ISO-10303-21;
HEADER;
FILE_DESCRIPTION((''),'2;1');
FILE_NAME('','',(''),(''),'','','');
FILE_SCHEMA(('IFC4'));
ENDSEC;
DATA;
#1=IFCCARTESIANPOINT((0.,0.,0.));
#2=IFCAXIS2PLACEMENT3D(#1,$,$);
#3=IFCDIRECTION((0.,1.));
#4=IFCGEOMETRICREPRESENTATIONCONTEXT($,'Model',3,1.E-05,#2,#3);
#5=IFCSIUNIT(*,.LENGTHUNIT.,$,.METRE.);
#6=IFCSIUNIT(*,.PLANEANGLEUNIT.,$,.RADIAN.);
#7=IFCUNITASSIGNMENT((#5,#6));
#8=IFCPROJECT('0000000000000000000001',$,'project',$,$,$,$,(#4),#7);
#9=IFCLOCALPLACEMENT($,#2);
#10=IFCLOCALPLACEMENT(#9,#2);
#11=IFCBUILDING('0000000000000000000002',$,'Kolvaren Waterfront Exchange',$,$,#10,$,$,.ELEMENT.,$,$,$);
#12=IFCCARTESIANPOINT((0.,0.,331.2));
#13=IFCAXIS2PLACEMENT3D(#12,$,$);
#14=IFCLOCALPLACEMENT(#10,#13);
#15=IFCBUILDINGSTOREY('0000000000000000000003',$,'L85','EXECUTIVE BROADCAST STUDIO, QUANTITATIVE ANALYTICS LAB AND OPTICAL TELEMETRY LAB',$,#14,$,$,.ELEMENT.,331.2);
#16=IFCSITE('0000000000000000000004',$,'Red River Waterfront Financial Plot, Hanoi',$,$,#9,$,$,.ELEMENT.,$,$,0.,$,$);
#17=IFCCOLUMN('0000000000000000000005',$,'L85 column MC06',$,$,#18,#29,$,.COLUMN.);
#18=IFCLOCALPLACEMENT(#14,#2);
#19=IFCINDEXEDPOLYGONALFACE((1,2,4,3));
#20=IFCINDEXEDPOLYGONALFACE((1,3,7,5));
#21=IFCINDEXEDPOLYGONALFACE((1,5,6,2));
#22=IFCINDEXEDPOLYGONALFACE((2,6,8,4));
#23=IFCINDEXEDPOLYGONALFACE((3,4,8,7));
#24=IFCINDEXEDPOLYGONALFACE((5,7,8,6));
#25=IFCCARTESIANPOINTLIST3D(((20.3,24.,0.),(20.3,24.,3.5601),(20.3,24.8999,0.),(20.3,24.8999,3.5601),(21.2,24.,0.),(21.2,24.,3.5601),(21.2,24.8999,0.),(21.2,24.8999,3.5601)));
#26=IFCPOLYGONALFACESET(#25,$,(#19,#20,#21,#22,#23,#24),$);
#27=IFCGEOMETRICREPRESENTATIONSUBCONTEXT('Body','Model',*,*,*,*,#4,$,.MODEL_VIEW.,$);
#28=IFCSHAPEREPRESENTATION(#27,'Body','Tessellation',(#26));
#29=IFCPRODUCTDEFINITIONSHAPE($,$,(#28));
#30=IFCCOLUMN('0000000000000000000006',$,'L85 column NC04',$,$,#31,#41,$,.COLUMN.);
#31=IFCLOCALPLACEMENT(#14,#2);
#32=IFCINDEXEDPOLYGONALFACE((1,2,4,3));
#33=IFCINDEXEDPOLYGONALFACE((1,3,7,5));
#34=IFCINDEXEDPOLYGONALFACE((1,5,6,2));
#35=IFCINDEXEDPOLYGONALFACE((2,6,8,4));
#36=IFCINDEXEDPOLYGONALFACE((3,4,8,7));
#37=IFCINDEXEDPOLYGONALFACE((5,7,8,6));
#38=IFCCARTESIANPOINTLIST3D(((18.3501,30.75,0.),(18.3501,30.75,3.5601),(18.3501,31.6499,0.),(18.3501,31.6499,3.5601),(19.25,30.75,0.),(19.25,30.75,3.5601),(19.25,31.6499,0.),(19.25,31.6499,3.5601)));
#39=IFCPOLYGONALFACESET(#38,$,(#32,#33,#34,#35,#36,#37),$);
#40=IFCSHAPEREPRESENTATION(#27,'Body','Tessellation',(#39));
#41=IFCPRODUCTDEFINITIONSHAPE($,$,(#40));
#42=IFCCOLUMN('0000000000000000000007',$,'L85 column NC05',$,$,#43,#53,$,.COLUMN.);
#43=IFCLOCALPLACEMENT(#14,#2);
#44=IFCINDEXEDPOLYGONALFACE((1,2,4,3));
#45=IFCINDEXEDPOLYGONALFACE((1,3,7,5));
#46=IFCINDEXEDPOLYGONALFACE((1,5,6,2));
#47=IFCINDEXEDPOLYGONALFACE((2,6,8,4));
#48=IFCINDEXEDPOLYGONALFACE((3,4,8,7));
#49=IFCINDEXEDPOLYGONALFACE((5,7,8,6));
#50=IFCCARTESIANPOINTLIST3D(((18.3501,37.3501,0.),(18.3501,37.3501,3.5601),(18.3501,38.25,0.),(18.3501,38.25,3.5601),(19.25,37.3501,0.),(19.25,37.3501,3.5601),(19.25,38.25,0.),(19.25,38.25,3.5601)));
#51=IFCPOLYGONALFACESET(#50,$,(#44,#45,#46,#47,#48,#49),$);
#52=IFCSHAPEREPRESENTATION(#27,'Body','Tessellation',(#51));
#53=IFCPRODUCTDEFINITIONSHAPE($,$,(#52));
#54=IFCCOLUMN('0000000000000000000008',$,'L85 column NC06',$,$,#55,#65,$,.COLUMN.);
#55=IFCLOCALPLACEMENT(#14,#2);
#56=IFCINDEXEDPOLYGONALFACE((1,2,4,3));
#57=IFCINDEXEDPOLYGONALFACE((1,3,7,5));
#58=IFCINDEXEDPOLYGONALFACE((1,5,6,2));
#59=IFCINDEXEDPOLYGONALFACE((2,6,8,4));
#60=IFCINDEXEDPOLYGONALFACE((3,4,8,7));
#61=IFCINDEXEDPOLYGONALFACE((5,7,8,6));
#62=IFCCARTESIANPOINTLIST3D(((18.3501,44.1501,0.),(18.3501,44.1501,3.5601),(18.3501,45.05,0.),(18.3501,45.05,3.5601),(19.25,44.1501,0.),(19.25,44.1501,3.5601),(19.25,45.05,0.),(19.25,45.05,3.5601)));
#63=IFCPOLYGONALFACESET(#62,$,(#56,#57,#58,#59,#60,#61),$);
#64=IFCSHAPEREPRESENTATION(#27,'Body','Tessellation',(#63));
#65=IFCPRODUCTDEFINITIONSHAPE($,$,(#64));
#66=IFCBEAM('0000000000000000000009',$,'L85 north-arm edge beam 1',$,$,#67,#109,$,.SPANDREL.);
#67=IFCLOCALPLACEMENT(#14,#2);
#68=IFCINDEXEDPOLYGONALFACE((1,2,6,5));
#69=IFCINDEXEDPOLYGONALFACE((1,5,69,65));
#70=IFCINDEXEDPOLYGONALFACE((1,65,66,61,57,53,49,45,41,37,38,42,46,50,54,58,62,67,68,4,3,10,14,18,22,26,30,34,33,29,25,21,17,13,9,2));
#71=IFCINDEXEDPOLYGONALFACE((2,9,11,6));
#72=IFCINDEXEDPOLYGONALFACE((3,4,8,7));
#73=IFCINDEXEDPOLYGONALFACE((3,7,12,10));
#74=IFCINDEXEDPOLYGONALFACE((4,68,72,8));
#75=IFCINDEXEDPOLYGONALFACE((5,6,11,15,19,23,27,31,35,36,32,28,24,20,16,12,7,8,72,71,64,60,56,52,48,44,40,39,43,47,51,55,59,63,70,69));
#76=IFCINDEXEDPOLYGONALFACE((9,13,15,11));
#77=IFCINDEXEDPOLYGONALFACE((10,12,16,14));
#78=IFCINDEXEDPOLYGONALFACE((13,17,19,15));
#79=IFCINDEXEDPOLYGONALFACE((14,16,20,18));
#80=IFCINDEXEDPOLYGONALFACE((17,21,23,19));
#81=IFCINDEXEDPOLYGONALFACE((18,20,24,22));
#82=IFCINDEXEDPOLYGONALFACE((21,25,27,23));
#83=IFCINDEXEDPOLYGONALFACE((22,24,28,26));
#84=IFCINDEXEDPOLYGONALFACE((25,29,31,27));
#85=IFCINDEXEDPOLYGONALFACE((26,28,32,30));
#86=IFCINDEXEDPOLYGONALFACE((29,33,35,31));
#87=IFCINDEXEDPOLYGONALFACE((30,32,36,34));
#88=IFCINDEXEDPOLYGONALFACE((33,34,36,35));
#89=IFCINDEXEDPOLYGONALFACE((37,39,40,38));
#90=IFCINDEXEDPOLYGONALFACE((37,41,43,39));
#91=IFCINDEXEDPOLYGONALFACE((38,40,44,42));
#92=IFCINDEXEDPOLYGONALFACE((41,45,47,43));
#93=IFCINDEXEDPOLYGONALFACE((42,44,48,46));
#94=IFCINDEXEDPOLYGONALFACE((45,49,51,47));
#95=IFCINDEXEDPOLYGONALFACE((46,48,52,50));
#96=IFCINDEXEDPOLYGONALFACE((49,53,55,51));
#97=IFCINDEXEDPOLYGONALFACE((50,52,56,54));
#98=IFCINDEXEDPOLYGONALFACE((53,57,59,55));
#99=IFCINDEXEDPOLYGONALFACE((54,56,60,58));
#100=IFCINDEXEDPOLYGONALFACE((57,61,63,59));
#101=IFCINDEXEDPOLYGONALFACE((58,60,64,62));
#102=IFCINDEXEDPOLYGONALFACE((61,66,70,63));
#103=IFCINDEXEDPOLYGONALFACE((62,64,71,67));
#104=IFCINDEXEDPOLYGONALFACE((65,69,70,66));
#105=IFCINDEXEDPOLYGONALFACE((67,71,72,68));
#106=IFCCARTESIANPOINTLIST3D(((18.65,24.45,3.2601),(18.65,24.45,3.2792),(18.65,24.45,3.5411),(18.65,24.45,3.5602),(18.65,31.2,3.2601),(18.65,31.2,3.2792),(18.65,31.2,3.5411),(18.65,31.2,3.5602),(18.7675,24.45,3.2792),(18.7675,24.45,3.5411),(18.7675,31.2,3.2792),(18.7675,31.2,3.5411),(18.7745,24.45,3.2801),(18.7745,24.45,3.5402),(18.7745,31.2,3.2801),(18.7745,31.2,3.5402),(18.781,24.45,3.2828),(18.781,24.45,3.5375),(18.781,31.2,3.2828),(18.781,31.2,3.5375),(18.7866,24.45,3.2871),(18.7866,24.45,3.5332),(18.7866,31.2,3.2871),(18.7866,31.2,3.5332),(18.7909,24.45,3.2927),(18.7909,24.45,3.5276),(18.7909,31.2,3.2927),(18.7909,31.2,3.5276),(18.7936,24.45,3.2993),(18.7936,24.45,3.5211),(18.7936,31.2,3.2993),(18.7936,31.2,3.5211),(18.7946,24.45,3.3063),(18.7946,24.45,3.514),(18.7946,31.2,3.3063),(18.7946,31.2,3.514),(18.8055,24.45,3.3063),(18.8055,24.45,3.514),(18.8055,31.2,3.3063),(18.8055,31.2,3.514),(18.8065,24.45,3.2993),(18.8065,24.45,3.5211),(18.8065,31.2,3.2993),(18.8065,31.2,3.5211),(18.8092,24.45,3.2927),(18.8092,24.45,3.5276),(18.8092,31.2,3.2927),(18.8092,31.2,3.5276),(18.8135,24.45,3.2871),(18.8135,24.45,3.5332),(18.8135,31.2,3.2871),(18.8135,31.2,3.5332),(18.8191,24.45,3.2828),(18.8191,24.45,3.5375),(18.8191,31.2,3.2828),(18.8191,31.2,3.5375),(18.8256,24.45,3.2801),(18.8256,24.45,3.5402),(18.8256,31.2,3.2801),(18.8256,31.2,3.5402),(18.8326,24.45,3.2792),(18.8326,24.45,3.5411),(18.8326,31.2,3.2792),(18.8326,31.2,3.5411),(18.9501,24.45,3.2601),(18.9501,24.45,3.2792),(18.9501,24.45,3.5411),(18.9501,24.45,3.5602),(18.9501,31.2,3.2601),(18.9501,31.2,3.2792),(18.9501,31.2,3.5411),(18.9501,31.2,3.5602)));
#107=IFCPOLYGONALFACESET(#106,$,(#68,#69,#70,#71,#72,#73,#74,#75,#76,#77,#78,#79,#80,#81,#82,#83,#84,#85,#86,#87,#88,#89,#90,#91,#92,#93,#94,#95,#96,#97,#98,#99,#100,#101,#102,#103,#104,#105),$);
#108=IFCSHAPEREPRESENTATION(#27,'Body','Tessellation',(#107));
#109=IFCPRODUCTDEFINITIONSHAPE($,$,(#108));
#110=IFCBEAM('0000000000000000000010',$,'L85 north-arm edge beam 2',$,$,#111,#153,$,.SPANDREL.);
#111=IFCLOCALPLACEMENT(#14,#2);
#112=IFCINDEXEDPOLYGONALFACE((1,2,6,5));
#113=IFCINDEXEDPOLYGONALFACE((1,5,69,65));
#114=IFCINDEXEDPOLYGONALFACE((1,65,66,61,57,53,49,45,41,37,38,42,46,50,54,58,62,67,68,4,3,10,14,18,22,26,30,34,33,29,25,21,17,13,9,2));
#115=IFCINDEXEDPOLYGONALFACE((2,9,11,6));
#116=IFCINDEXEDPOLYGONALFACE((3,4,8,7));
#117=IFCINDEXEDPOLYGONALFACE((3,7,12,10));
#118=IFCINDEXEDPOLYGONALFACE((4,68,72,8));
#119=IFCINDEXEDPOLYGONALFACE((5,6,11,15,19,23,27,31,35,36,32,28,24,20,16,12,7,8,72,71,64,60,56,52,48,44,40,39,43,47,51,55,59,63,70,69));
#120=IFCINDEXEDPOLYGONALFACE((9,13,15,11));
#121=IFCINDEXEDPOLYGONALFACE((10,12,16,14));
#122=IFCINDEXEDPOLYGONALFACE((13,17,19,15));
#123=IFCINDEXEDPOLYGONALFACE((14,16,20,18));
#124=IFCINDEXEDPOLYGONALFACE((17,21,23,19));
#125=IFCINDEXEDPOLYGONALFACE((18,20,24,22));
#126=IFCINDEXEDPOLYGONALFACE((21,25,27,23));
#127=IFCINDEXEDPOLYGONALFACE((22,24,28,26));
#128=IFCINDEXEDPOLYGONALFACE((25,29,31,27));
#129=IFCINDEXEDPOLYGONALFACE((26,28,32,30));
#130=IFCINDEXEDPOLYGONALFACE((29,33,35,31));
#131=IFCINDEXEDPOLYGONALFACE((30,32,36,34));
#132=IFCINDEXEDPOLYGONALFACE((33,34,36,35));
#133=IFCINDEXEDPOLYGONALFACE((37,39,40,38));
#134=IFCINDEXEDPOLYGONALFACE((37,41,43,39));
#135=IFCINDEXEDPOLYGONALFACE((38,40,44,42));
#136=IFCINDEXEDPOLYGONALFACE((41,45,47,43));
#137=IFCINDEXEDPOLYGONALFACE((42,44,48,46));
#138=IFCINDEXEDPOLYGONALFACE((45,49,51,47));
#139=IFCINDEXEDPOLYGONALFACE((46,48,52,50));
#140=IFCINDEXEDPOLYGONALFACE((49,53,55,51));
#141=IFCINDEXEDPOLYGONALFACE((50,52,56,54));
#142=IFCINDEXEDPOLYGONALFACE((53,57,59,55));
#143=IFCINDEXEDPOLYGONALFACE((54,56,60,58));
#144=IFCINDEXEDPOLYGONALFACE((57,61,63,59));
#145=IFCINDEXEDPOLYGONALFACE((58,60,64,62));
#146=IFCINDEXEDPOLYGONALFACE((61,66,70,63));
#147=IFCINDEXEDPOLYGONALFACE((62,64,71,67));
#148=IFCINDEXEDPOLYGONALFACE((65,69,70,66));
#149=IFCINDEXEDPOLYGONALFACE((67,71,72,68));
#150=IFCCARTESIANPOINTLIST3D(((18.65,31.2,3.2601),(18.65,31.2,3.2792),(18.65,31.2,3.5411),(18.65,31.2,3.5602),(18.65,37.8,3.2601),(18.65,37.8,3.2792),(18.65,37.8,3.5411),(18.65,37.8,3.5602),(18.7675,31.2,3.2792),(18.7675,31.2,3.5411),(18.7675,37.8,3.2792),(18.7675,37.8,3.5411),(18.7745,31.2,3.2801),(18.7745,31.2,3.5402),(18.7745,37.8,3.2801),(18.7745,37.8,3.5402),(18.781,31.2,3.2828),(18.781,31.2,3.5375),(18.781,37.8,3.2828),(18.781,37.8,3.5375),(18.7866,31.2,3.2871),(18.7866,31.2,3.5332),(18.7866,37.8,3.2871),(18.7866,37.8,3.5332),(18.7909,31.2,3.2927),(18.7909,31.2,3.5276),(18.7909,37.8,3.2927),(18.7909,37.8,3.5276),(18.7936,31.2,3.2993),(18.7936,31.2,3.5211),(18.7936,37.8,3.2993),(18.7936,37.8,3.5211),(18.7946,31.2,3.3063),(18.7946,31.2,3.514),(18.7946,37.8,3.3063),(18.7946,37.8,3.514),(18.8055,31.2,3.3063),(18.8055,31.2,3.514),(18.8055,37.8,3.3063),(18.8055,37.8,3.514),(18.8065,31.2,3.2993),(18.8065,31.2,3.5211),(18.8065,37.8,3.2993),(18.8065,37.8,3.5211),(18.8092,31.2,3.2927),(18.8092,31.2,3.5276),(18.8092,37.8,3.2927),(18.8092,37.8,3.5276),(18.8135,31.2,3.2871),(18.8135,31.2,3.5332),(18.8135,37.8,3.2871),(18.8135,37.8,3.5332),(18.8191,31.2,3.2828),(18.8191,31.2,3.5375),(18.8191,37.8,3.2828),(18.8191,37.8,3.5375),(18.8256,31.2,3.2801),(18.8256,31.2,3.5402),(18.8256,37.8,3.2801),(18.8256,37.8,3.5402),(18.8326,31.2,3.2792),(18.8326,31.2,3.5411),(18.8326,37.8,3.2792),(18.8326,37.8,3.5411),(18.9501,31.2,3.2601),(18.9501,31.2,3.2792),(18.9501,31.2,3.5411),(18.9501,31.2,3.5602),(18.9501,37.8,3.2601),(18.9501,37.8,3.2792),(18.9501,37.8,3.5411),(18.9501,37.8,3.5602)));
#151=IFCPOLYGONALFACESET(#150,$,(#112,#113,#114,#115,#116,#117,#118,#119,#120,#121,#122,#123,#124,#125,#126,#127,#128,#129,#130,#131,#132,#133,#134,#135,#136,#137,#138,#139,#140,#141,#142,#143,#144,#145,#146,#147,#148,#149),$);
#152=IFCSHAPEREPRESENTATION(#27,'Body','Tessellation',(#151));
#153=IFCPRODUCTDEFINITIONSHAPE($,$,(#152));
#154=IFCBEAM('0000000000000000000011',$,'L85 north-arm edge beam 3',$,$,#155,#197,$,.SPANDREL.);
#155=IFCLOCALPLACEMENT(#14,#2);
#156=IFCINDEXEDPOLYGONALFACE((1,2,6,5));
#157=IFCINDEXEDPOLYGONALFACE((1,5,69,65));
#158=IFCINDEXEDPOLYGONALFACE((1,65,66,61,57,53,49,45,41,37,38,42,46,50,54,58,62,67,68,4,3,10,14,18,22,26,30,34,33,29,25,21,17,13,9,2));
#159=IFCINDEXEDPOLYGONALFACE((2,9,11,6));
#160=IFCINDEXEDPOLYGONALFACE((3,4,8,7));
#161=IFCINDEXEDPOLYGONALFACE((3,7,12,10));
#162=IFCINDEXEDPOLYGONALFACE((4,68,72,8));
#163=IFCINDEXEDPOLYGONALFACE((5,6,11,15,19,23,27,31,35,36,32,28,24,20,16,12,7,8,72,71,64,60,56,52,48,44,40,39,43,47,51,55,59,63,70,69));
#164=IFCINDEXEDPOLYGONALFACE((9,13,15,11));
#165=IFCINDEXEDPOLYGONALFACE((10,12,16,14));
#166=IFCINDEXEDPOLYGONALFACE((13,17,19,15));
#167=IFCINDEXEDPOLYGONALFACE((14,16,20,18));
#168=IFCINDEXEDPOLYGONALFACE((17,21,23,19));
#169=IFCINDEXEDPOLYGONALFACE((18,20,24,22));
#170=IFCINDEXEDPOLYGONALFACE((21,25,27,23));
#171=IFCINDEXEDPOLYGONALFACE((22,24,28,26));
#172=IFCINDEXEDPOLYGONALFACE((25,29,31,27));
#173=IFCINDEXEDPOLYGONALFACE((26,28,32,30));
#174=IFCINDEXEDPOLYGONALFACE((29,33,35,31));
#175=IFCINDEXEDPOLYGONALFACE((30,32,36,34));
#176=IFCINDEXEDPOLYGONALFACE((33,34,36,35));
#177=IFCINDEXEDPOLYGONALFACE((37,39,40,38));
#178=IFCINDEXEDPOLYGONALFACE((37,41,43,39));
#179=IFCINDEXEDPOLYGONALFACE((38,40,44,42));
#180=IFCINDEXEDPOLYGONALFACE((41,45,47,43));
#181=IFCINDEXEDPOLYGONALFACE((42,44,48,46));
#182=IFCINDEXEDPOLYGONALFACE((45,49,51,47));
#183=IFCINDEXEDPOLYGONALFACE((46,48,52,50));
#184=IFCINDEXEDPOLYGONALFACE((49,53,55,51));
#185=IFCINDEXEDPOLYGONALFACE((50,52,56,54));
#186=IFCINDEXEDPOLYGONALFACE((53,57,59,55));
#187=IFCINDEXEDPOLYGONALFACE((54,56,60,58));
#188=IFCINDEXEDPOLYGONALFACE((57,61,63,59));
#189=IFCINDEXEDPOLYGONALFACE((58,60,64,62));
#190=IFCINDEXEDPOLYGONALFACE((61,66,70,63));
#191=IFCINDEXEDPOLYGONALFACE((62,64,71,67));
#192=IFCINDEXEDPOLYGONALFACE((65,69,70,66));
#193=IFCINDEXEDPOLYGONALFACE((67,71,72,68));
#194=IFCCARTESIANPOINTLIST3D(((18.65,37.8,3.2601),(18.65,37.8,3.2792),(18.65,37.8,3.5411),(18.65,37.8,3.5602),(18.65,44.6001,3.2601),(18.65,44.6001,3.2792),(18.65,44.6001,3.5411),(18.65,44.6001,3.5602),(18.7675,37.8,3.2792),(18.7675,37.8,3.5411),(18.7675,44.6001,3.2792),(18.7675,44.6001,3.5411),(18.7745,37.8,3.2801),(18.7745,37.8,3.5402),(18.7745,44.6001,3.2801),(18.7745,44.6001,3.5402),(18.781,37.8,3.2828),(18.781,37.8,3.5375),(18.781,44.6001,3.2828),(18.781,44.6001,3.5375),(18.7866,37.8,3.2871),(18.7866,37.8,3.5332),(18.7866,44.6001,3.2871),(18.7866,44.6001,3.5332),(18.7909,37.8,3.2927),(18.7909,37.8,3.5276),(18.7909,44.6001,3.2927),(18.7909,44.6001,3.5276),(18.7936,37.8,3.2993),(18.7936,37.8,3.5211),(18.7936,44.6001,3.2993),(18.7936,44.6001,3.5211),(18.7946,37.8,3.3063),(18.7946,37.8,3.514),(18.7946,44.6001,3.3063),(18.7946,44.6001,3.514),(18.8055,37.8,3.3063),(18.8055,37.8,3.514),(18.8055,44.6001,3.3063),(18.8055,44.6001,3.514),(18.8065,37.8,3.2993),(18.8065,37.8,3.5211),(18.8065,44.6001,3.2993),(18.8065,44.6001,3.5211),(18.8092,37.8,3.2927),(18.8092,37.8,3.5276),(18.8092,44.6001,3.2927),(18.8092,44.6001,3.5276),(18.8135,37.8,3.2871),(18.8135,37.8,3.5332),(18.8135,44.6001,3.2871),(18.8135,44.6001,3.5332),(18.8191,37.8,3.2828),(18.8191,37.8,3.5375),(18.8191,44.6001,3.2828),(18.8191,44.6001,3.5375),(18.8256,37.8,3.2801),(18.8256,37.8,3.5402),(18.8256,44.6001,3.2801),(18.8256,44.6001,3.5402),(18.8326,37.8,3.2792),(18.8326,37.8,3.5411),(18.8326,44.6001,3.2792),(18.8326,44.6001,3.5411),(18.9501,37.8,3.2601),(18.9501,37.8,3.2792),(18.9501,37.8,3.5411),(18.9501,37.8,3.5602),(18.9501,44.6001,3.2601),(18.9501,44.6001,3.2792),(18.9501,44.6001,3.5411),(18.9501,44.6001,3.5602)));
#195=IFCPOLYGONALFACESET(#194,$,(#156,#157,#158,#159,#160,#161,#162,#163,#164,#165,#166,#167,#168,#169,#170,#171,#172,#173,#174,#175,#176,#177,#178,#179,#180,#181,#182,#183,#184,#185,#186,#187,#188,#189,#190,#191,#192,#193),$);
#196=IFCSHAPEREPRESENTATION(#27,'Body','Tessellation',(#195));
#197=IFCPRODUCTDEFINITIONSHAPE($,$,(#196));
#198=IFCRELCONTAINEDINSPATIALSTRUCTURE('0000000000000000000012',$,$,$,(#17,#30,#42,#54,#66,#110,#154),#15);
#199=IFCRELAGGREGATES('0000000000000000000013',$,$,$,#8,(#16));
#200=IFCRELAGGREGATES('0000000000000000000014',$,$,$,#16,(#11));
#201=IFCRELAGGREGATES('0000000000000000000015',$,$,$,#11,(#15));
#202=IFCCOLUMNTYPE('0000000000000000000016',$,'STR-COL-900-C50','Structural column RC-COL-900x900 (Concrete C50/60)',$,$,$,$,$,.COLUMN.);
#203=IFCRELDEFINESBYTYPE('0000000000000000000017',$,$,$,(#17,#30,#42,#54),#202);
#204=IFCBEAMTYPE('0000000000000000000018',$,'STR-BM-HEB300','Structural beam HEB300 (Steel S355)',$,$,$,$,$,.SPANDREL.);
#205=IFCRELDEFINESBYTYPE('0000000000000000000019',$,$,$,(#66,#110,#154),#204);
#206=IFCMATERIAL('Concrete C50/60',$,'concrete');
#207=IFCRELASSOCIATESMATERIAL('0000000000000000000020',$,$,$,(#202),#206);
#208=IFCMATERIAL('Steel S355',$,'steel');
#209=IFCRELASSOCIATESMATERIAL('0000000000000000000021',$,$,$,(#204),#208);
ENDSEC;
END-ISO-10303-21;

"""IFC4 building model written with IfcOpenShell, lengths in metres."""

from ifc_helpers import new_model, si_unit, direction, frame, origin, origin_2d, place, context, subcontext, project, spatial, rectangle, i_section, extrude, material, material_profile, profile_set, type_object, element, save


model = new_model("IFC4")

# Units and contexts
model_context = context("Model", 3, precision=1e-05, world=origin(), true_north=direction((0.0, 1.0)))
body_context = subcontext(model_context, "Body", "Model", "MODEL_VIEW")
ifc_project = project(units=[si_unit("LENGTHUNIT", "METRE"), si_unit("PLANEANGLEUNIT", "RADIAN")], contexts=[model_context])

# Site, building, storey
site_placement = place(None, origin())
site = spatial("IfcSite", under=ifc_project, at=site_placement, Name="Red River Waterfront Financial Plot, Hanoi", CompositionType="ELEMENT", RefElevation=0.0)
building_placement = place(site_placement, origin())
building = spatial("IfcBuilding", under=site, at=building_placement, Name="Kolvaren Waterfront Exchange", CompositionType="ELEMENT")
storey_placement = place(building_placement, frame((0.0, 0.0, 331.2)))
storey = spatial("IfcBuildingStorey", under=building, at=storey_placement, Name="L85", Description="EXECUTIVE BROADCAST STUDIO, QUANTITATIVE ANALYTICS LAB AND OPTICAL TELEMETRY LAB", CompositionType="ELEMENT", Elevation=331.2)

# Columns
ifc_material_1 = material(Name="Concrete C50/60", Category="concrete")
ifc_material_profile_1 = material_profile(ifc_material_1, rectangle(XDim=0.8999, YDim=0.8999, at=origin_2d()), Name="RC-COL-900x900")
ifc_profile_set_1 = profile_set([ifc_material_profile_1], Name="Concrete C50/60")
column_type = type_object("IfcColumnType", Name="STR-COL-900-C50", Description="Structural column RC-COL-900x900 (Concrete C50/60)", PredefinedType="COLUMN", material=ifc_profile_set_1)
for number, where, z_axis, x_axis, name in (
    (1, (20.75, 24.45, 0.0), (0.0, 0.0, 1.0), (1.0, 0.0, 0.0), "L85 column MC06"),
    (2, (18.8, 31.2, 0.0), (0.0, 0.0, 1.0), (1.0, 0.0, 0.0), "L85 column NC04"),
    (3, (18.8, 37.8, 0.0), (0.0, 0.0, 1.0), (1.0, 0.0, 0.0), "L85 column NC05"),
    (4, (18.8, 44.6001, 0.0), (0.0, 0.0, 1.0), (1.0, 0.0, 0.0), "L85 column NC06"),
):
    element("IfcColumn", number, at=place(storey_placement, frame(where, z_axis=z_axis, x_axis=x_axis)), inside=storey, type_object=column_type, Name=name, PredefinedType="COLUMN", context=body_context, shape_type="SweptSolid", body=[
        extrude(rectangle(XDim=0.8999, YDim=0.8999, at=origin_2d()), origin(), (0.0, 0.0, 1.0), 3.5601),
    ])

# Beams
ifc_material_2 = material(Name="Steel S355", Category="steel")
ifc_material_profile_2 = material_profile(ifc_material_2, i_section(OverallWidth=0.3, OverallDepth=0.3, WebThickness=0.011, FlangeThickness=0.019, FilletRadius=0.0271, at=origin_2d()), Name="HEB300")
ifc_profile_set_2 = profile_set([ifc_material_profile_2], Name="Steel S355")
beam_type = type_object("IfcBeamType", Name="STR-BM-HEB300", Description="Structural beam HEB300 (Steel S355)", PredefinedType="SPANDREL", material=ifc_profile_set_2)
beam_1_placement = place(storey_placement, frame((18.8, 24.45, 3.4102), z_axis=(0.0, 1.0, 0.0), x_axis=(-1.0, 0.0, 0.0)))
element("IfcBeam", 5, at=beam_1_placement, inside=storey, type_object=beam_type, Name="L85 north-arm edge beam 1", PredefinedType="SPANDREL", context=body_context, shape_type="SweptSolid", body=[
    extrude(i_section(OverallWidth=0.3, OverallDepth=0.3, WebThickness=0.011, FlangeThickness=0.019, FilletRadius=0.0271, at=origin_2d()), origin(), (0.0, 0.0, 1.0), 6.75),
])
beam_2_placement = place(storey_placement, frame((18.8, 31.2, 3.4102), z_axis=(0.0, 1.0, 0.0), x_axis=(-1.0, 0.0, 0.0)))
element("IfcBeam", 6, at=beam_2_placement, inside=storey, type_object=beam_type, Name="L85 north-arm edge beam 2", PredefinedType="SPANDREL", context=body_context, shape_type="SweptSolid", body=[
    extrude(i_section(OverallWidth=0.3, OverallDepth=0.3, WebThickness=0.011, FlangeThickness=0.019, FilletRadius=0.0271, at=origin_2d()), origin(), (0.0, 0.0, 1.0), 6.6001),
])
beam_3_placement = place(storey_placement, frame((18.8, 37.8, 3.4102), z_axis=(0.0, 1.0, 0.0), x_axis=(-1.0, 0.0, 0.0)))
element("IfcBeam", 7, at=beam_3_placement, inside=storey, type_object=beam_type, Name="L85 north-arm edge beam 3", PredefinedType="SPANDREL", context=body_context, shape_type="SweptSolid", body=[
    extrude(i_section(OverallWidth=0.3, OverallDepth=0.3, WebThickness=0.011, FlangeThickness=0.019, FilletRadius=0.0271, at=origin_2d()), origin(), (0.0, 0.0, 1.0), 6.8),
])

save(model, "model.ifc")
